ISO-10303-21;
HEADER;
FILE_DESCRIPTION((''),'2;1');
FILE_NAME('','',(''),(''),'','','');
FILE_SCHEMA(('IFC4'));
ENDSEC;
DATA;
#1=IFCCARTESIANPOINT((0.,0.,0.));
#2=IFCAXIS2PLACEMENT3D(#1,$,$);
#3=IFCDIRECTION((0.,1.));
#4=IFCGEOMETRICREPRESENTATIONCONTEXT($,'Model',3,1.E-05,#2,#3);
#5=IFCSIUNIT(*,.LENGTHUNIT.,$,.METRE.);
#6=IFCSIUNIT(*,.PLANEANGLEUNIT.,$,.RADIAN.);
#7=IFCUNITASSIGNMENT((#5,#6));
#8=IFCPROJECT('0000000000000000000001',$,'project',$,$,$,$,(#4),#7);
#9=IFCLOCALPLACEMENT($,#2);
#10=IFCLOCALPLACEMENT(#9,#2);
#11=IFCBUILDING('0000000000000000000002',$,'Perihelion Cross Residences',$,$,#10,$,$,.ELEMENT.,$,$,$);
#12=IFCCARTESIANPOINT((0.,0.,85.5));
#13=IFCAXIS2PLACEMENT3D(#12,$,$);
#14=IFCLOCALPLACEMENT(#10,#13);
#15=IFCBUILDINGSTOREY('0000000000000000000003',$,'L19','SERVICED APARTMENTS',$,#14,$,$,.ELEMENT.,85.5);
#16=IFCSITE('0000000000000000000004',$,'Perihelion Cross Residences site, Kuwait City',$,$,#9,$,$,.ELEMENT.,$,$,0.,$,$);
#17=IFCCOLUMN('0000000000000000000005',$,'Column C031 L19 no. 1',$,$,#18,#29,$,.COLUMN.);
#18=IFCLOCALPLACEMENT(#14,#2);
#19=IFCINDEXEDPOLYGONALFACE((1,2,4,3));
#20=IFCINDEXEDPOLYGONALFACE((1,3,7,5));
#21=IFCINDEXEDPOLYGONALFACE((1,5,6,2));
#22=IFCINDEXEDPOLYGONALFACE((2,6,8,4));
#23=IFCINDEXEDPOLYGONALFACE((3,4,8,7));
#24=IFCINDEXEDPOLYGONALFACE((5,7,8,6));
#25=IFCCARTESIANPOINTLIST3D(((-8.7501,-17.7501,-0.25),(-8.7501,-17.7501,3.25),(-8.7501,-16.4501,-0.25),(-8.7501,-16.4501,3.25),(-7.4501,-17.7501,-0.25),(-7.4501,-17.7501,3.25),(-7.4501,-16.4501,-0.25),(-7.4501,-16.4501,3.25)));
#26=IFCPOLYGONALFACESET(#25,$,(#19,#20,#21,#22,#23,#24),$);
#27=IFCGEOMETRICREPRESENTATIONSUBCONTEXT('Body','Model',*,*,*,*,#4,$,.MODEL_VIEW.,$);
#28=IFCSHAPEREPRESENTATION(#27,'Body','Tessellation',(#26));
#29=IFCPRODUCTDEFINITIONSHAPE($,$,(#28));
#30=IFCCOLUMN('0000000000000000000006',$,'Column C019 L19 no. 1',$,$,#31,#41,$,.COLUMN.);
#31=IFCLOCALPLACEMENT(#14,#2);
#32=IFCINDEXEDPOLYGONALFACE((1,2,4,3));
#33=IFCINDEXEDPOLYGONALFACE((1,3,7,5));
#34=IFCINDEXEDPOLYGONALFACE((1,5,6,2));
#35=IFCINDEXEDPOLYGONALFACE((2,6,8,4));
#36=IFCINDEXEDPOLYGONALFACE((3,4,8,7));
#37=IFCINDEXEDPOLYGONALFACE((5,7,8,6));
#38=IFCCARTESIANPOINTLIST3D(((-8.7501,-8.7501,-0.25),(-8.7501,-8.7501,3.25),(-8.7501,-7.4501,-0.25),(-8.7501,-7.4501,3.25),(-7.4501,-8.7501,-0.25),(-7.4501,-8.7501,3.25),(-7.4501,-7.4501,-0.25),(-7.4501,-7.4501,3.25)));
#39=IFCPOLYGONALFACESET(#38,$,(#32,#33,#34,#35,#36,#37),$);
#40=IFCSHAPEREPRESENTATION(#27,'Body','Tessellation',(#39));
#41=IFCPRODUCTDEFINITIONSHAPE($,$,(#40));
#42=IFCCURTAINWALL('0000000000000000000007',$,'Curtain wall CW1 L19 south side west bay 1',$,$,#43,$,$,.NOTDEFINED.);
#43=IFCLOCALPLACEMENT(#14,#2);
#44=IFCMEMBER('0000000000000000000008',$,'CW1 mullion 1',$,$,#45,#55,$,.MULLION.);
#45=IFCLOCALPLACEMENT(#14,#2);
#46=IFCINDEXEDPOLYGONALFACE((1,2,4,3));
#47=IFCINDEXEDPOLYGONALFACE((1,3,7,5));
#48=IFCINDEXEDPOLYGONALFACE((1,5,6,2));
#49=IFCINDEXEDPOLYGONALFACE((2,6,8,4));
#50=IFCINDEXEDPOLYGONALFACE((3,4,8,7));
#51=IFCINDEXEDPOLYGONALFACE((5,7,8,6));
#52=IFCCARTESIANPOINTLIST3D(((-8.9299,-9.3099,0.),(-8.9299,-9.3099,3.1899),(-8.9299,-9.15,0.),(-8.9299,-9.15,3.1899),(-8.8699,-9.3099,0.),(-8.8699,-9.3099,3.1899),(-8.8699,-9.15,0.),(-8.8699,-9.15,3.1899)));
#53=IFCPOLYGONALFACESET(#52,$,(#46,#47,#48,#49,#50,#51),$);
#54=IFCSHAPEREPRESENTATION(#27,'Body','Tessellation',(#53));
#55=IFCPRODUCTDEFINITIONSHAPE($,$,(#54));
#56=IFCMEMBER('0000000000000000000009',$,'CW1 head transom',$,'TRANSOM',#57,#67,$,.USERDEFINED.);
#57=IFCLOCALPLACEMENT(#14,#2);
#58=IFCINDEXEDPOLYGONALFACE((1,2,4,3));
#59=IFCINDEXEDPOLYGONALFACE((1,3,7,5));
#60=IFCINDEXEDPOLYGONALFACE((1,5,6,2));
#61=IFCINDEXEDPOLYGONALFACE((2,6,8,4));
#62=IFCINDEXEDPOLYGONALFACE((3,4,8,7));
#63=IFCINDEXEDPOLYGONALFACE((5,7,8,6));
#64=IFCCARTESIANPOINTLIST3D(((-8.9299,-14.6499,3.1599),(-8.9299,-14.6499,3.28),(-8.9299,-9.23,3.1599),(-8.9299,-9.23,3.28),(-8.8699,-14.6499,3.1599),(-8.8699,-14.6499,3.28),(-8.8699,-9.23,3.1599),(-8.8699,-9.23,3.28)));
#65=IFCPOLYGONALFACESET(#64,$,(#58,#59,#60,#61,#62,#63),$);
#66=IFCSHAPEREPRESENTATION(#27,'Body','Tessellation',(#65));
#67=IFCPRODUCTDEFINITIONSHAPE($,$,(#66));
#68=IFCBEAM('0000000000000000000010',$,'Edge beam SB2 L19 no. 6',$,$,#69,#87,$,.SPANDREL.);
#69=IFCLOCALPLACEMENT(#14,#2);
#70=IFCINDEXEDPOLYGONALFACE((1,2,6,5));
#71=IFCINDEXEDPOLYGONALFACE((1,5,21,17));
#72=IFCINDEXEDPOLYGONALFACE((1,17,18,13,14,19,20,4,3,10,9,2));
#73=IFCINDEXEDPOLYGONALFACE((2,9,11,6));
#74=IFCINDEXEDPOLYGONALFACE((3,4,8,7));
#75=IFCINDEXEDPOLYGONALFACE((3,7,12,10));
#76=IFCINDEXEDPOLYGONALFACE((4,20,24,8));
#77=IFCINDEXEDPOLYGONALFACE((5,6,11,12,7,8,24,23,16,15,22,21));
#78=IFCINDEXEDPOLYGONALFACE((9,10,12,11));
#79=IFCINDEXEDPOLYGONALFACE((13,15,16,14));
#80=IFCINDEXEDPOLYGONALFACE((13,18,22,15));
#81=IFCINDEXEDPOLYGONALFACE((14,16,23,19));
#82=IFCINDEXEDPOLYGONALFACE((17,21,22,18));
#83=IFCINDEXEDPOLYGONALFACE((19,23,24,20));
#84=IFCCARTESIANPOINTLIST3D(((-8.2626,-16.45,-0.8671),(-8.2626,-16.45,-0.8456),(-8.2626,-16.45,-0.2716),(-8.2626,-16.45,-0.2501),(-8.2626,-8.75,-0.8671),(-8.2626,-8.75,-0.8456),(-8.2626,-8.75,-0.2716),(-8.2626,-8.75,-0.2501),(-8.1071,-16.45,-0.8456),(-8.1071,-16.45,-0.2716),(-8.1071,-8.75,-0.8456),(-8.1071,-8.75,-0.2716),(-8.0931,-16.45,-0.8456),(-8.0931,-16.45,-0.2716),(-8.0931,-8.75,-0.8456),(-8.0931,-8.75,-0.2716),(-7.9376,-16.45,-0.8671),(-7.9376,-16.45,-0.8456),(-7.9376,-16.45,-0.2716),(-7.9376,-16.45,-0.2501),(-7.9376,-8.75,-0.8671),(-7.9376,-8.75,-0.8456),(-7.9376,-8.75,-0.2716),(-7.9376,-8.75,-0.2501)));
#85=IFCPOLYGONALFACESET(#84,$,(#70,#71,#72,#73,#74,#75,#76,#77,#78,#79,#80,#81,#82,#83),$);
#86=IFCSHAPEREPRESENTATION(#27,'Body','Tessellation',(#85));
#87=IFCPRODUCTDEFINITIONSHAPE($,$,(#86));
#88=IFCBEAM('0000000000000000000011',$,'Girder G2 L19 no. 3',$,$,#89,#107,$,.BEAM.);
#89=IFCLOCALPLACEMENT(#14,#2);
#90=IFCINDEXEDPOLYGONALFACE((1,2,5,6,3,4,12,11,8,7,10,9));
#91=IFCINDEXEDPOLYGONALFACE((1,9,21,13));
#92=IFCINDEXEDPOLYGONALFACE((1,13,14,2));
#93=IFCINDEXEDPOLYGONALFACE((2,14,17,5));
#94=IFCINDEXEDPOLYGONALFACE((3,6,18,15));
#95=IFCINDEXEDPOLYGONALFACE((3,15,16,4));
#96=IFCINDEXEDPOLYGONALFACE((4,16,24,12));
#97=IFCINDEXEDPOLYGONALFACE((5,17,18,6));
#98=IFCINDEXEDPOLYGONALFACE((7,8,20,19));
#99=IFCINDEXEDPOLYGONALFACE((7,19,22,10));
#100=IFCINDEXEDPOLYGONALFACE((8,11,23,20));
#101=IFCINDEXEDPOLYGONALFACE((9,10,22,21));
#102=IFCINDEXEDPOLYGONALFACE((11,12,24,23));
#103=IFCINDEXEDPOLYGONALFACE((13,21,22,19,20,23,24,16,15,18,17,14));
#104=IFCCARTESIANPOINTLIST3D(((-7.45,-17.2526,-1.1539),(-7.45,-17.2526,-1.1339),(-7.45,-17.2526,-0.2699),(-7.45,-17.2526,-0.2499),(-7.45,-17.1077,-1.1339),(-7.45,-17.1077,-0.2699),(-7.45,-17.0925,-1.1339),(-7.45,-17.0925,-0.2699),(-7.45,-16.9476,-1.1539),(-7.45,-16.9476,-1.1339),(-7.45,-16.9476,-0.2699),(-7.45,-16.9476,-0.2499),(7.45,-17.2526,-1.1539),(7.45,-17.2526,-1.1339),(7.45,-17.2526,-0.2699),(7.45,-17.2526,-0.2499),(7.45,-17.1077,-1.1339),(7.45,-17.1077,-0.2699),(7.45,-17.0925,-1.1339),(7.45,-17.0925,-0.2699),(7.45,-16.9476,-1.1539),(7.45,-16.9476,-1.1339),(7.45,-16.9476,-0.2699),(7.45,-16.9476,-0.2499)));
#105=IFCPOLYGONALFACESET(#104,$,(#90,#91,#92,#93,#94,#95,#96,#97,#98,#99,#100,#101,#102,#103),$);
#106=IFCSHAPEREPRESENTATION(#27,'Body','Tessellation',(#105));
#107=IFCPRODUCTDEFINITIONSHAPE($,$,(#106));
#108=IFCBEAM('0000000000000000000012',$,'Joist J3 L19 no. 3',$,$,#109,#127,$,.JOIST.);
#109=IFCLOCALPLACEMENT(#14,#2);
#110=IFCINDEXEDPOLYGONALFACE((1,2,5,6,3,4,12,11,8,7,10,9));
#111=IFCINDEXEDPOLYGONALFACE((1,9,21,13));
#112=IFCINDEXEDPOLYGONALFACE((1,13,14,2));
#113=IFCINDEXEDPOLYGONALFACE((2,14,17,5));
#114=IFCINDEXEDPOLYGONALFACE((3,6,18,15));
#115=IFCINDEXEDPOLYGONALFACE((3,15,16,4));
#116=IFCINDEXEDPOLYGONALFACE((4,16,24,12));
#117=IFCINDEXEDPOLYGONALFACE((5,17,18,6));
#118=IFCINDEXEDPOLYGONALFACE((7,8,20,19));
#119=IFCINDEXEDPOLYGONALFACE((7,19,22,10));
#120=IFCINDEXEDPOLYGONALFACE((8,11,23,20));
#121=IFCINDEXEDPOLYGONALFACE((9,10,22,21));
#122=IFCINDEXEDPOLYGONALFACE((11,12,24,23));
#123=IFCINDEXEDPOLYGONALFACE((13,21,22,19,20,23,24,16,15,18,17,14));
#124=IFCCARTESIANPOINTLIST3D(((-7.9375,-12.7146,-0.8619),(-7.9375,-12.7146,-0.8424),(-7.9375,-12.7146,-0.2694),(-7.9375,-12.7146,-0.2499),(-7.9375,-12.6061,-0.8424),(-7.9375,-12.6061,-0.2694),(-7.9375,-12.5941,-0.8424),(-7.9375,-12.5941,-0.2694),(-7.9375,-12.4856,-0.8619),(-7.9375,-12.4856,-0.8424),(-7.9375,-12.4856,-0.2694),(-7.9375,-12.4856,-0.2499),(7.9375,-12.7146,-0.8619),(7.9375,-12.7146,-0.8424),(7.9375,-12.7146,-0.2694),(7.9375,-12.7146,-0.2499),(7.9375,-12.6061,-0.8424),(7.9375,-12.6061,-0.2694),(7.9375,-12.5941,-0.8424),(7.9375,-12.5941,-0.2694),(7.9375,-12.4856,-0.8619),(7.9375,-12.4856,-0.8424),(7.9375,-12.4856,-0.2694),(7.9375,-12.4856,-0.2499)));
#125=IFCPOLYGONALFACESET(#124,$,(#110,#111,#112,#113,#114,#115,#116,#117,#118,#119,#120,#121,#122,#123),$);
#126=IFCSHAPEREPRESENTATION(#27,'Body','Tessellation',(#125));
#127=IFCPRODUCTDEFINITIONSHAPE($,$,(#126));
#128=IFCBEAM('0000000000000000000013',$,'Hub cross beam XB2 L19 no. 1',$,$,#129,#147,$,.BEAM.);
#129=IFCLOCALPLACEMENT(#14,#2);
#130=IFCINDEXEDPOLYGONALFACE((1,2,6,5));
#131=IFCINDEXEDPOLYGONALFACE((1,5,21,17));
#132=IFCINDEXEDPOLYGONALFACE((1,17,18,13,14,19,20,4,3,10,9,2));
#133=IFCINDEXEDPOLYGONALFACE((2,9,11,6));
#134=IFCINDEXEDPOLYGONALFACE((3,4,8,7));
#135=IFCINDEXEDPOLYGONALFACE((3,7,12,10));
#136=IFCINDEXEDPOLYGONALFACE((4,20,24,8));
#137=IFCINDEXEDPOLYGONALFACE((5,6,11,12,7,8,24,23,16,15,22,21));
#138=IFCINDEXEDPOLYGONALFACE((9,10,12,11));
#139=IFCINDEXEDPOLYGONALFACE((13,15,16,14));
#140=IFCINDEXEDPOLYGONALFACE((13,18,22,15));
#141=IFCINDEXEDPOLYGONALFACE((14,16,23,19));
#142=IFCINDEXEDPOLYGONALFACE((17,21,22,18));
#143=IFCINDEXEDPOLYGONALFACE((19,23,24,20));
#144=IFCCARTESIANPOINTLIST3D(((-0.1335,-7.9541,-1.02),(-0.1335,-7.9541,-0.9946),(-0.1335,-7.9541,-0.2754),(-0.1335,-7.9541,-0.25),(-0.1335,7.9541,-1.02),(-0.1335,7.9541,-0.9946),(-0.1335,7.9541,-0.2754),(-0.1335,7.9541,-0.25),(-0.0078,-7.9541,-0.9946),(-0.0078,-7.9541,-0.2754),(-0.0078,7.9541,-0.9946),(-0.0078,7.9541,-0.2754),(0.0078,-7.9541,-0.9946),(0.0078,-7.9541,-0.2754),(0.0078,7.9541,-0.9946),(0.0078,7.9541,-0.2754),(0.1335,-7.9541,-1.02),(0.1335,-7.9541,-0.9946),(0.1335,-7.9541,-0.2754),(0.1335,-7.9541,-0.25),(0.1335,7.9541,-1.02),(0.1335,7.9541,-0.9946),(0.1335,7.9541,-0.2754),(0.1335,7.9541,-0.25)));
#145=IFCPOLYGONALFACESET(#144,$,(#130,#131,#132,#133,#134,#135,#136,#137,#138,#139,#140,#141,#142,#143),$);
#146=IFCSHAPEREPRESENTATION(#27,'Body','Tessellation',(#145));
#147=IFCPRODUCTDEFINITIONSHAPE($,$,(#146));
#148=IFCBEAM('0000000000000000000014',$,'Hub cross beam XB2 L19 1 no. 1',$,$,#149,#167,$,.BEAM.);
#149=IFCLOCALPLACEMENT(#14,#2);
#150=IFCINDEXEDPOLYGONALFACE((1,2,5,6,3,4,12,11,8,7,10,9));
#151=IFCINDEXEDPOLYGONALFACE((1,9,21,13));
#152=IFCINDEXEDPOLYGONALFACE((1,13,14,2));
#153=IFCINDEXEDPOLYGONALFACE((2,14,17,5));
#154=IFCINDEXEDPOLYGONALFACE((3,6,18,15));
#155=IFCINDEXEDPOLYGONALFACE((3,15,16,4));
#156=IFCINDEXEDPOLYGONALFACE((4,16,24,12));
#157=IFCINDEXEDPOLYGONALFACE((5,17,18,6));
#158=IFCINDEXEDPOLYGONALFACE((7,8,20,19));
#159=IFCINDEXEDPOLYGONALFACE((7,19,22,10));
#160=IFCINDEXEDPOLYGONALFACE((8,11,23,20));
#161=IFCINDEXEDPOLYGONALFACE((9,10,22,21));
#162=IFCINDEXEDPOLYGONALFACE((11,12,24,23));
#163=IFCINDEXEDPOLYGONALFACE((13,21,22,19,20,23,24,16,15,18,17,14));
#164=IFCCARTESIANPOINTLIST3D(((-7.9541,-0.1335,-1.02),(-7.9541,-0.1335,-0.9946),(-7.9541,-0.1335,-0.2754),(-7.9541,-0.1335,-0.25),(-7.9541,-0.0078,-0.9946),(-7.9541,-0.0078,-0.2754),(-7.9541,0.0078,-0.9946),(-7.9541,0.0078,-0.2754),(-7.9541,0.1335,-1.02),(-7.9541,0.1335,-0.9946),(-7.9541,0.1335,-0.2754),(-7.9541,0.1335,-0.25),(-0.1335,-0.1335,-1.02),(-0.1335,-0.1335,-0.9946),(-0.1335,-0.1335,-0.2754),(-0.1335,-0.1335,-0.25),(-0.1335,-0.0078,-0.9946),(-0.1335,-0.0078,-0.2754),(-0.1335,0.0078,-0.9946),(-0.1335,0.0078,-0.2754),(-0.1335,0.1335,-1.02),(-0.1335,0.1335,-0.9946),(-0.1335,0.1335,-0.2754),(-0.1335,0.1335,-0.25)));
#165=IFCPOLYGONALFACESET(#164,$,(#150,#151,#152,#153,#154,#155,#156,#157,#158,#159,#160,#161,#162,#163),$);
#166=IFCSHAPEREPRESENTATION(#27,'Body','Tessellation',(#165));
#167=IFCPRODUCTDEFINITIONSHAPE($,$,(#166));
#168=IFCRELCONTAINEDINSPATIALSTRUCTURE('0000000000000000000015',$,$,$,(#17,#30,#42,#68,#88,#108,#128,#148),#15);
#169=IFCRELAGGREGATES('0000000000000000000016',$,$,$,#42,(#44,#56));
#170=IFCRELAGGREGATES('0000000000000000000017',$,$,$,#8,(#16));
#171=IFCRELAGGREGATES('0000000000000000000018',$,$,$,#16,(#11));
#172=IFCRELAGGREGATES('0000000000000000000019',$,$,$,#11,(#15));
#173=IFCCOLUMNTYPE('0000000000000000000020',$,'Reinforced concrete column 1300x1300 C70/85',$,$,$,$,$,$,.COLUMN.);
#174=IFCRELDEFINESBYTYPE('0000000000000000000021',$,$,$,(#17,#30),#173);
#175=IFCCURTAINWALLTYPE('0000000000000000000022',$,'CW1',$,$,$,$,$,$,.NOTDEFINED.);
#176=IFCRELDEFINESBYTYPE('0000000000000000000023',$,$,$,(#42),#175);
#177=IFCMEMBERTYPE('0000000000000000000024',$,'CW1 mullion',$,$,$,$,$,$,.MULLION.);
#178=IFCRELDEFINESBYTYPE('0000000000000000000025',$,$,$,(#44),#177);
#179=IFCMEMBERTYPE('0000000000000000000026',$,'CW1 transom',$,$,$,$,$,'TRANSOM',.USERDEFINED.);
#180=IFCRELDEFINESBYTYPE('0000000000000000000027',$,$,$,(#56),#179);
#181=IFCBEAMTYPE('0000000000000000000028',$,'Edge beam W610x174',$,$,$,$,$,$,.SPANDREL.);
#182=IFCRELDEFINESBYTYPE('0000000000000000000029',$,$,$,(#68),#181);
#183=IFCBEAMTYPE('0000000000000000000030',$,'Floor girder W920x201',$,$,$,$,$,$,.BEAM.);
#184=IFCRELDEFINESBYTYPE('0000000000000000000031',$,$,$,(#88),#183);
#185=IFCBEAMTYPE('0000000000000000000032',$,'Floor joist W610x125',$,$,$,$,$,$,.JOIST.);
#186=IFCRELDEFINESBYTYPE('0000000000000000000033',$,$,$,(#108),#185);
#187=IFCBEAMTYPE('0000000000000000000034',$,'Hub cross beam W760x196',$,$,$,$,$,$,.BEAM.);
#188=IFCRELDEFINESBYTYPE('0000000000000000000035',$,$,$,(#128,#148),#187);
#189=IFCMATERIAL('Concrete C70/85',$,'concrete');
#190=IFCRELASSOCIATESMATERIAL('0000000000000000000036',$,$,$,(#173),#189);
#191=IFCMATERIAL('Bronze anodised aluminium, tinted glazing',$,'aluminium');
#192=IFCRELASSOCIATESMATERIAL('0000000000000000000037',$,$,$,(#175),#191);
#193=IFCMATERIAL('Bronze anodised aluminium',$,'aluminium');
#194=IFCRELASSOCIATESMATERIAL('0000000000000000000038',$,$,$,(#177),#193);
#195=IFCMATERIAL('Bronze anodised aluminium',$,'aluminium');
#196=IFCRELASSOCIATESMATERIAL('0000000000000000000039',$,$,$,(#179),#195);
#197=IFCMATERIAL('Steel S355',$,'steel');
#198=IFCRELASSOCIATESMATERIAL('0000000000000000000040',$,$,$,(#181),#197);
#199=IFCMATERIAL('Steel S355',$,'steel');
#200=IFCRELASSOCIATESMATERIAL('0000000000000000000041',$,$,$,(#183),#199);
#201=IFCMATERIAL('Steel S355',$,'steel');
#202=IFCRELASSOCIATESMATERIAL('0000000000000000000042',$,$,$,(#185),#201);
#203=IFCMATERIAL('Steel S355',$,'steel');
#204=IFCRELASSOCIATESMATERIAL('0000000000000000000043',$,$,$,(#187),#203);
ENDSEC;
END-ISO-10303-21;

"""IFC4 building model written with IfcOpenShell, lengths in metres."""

from ifc_helpers import new_model, si_unit, direction, frame, origin, origin_2d, place, context, subcontext, project, spatial, rectangle, i_section, extrude, material, material_profile, profile_set, type_object, element, aggregate, save


model = new_model("IFC4")

# Units and contexts
model_context = context("Model", 3, precision=1e-05, world=origin(), true_north=direction((0.0, 1.0)))
body_context = subcontext(model_context, "Body", "Model", "MODEL_VIEW")
ifc_project = project(units=[si_unit("LENGTHUNIT", "METRE"), si_unit("PLANEANGLEUNIT", "RADIAN")], contexts=[model_context])

# Site, building, storey
site_placement = place(None, origin())
site = spatial("IfcSite", under=ifc_project, at=site_placement, Name="Perihelion Cross Residences site, Kuwait City", CompositionType="ELEMENT", RefElevation=0.0)
building_placement = place(site_placement, origin())
building = spatial("IfcBuilding", under=site, at=building_placement, Name="Perihelion Cross Residences", CompositionType="ELEMENT")
storey_placement = place(building_placement, frame((0.0, 0.0, 85.5)))
storey = spatial("IfcBuildingStorey", under=building, at=storey_placement, Name="L19", Description="SERVICED APARTMENTS", CompositionType="ELEMENT", Elevation=85.5)

# Columns
ifc_material_1 = material(Name="Concrete C70/85", Category="concrete")
ifc_material_profile_1 = material_profile(ifc_material_1, rectangle(XDim=1.3, YDim=1.3, at=origin_2d()), Name="RC 1300x1300")
ifc_profile_set_1 = profile_set([ifc_material_profile_1], Name="Concrete C70/85")
column_type = type_object("IfcColumnType", Name="Reinforced concrete column 1300x1300 C70/85", PredefinedType="COLUMN", material=ifc_profile_set_1)
for number, where, z_axis, x_axis, name in (
    (1, (-8.1001, -17.1001, -0.25), (0.0, 0.0, 1.0), (1.0, 0.0, 0.0), "Column C031 L19 no. 1"),
    (2, (-8.1001, -8.1001, -0.25), (0.0, 0.0, 1.0), (1.0, 0.0, 0.0), "Column C019 L19 no. 1"),
):
    element("IfcColumn", number, at=place(storey_placement, frame(where, z_axis=z_axis, x_axis=x_axis)), inside=storey, type_object=column_type, Name=name, PredefinedType="COLUMN", context=body_context, shape_type="SweptSolid", body=[
        extrude(rectangle(XDim=1.3, YDim=1.3, at=origin_2d()), origin(), (0.0, 0.0, 1.0), 3.5),
    ])

# Curtain wall, members
ifc_material_2 = material(Name="Bronze anodised aluminium, tinted glazing", Category="aluminium")
curtain_wall_type = type_object("IfcCurtainWallType", Name="CW1", PredefinedType="NOTDEFINED", material=ifc_material_2)
curtain_wall_placement = place(storey_placement, origin())
curtain_wall = element("IfcCurtainWall", 3, at=curtain_wall_placement, inside=storey, type_object=curtain_wall_type, Name="Curtain wall CW1 L19 south side west bay 1", PredefinedType="NOTDEFINED")
ifc_material_3 = material(Name="Bronze anodised aluminium", Category="aluminium")
ifc_material_profile_2 = material_profile(ifc_material_3, rectangle(XDim=0.0601, YDim=0.1599, at=origin_2d()), Name="CW1 mullion")
ifc_profile_set_2 = profile_set([ifc_material_profile_2], Name="Bronze anodised aluminium")
member_type_1 = type_object("IfcMemberType", Name="CW1 mullion", PredefinedType="MULLION", material=ifc_profile_set_2)
member_1_placement = place(storey_placement, frame((-8.8999, -9.23, 0.0), z_axis=(0.0, 0.0, 1.0), x_axis=(1.0, 0.0, 0.0)))
member_1 = element("IfcMember", 4, at=member_1_placement, type_object=member_type_1, Name="CW1 mullion 1", PredefinedType="MULLION", context=body_context, shape_type="SweptSolid", body=[
    extrude(rectangle(XDim=0.0601, YDim=0.1599, at=origin_2d()), origin(), (0.0, 0.0, 1.0), 3.1899),
])
ifc_material_4 = material(Name="Bronze anodised aluminium", Category="aluminium")
ifc_material_profile_3 = material_profile(ifc_material_4, rectangle(XDim=0.0601, YDim=0.1201, at=origin_2d()), Name="CW1 transom")
ifc_profile_set_3 = profile_set([ifc_material_profile_3], Name="Bronze anodised aluminium")
member_type_2 = type_object("IfcMemberType", Name="CW1 transom", ElementType="TRANSOM", PredefinedType="USERDEFINED", material=ifc_profile_set_3)
member_2_placement = place(storey_placement, frame((-8.8999, -9.23, 3.22), z_axis=(0.0, -1.0, 0.0), x_axis=(1.0, 0.0, 0.0)))
member_2 = element("IfcMember", 5, at=member_2_placement, type_object=member_type_2, Name="CW1 head transom", ObjectType="TRANSOM", PredefinedType="USERDEFINED", context=body_context, shape_type="SweptSolid", body=[
    extrude(rectangle(XDim=0.0601, YDim=0.1201, at=origin_2d()), origin(), (0.0, 0.0, 1.0), 5.4199),
])

# Beams
ifc_material_5 = material(Name="Steel S355", Category="steel")
ifc_material_profile_4 = material_profile(ifc_material_5, i_section(OverallWidth=0.325, OverallDepth=0.6169, WebThickness=0.0139, FlangeThickness=0.0215, at=origin_2d()), Name="W610x174")
ifc_profile_set_4 = profile_set([ifc_material_profile_4], Name="Steel S355")
beam_type_1 = type_object("IfcBeamType", Name="Edge beam W610x174", PredefinedType="SPANDREL", material=ifc_profile_set_4)
beam_1_placement = place(storey_placement, frame((-8.1001, -8.75, -0.5586), z_axis=(0.0, -1.0, 0.0), x_axis=(1.0, 0.0, 0.0)))
element("IfcBeam", 6, at=beam_1_placement, inside=storey, type_object=beam_type_1, Name="Edge beam SB2 L19 no. 6", PredefinedType="SPANDREL", context=body_context, shape_type="SweptSolid", body=[
    extrude(i_section(OverallWidth=0.325, OverallDepth=0.6169, WebThickness=0.0139, FlangeThickness=0.0215, at=origin_2d()), origin(), (0.0, 0.0, 1.0), 7.7),
])
ifc_material_6 = material(Name="Steel S355", Category="steel")
ifc_material_profile_5 = material_profile(ifc_material_6, i_section(OverallWidth=0.3049, OverallDepth=0.9041, WebThickness=0.0151, FlangeThickness=0.02, at=origin_2d()), Name="W920x201")
ifc_profile_set_5 = profile_set([ifc_material_profile_5], Name="Steel S355")
beam_type_2 = type_object("IfcBeamType", Name="Floor girder W920x201", PredefinedType="BEAM", material=ifc_profile_set_5)
beam_2_placement = place(storey_placement, frame((-7.45, -17.1001, -0.7019), z_axis=(1.0, 0.0, 0.0), x_axis=(0.0, 1.0, 0.0)))
element("IfcBeam", 7, at=beam_2_placement, inside=storey, type_object=beam_type_2, Name="Girder G2 L19 no. 3", PredefinedType="BEAM", context=body_context, shape_type="SweptSolid", body=[
    extrude(i_section(OverallWidth=0.3049, OverallDepth=0.9041, WebThickness=0.0151, FlangeThickness=0.02, at=origin_2d()), origin(), (0.0, 0.0, 1.0), 14.8999),
])
ifc_material_7 = material(Name="Steel S355", Category="steel")
ifc_material_profile_6 = material_profile(ifc_material_7, i_section(OverallWidth=0.229, OverallDepth=0.6121, WebThickness=0.012, FlangeThickness=0.0195, at=origin_2d()), Name="W610x125")
ifc_profile_set_6 = profile_set([ifc_material_profile_6], Name="Steel S355")
beam_type_3 = type_object("IfcBeamType", Name="Floor joist W610x125", PredefinedType="JOIST", material=ifc_profile_set_6)
beam_3_placement = place(storey_placement, frame((-7.9375, -12.6001, -0.5559), z_axis=(1.0, 0.0, 0.0), x_axis=(0.0, 1.0, 0.0)))
element("IfcBeam", 8, at=beam_3_placement, inside=storey, type_object=beam_type_3, Name="Joist J3 L19 no. 3", PredefinedType="JOIST", context=body_context, shape_type="SweptSolid", body=[
    extrude(i_section(OverallWidth=0.229, OverallDepth=0.6121, WebThickness=0.012, FlangeThickness=0.0195, at=origin_2d()), origin(), (0.0, 0.0, 1.0), 15.875),
])
ifc_material_8 = material(Name="Steel S355", Category="steel")
ifc_material_profile_7 = material_profile(ifc_material_8, i_section(OverallWidth=0.2671, OverallDepth=0.77, WebThickness=0.0156, FlangeThickness=0.0254, at=origin_2d()), Name="W760x196")
ifc_profile_set_7 = profile_set([ifc_material_profile_7], Name="Steel S355")
beam_type_4 = type_object("IfcBeamType", Name="Hub cross beam W760x196", PredefinedType="BEAM", material=ifc_profile_set_7)
beam_4_placement = place(storey_placement, frame((0.0, -7.9541, -0.635), z_axis=(0.0, 1.0, 0.0), x_axis=(-1.0, 0.0, 0.0)))
element("IfcBeam", 9, at=beam_4_placement, inside=storey, type_object=beam_type_4, Name="Hub cross beam XB2 L19 no. 1", PredefinedType="BEAM", context=body_context, shape_type="SweptSolid", body=[
    extrude(i_section(OverallWidth=0.2671, OverallDepth=0.77, WebThickness=0.0156, FlangeThickness=0.0254, at=origin_2d()), origin(), (0.0, 0.0, 1.0), 15.9082),
])
beam_5_placement = place(storey_placement, frame((-7.9541, 0.0, -0.635), z_axis=(1.0, 0.0, 0.0), x_axis=(0.0, 1.0, 0.0)))
element("IfcBeam", 10, at=beam_5_placement, inside=storey, type_object=beam_type_4, Name="Hub cross beam XB2 L19 1 no. 1", PredefinedType="BEAM", context=body_context, shape_type="SweptSolid", body=[
    extrude(i_section(OverallWidth=0.2671, OverallDepth=0.77, WebThickness=0.0156, FlangeThickness=0.0254, at=origin_2d()), origin(), (0.0, 0.0, 1.0), 7.8206),
])

aggregate(curtain_wall, [member_1, member_2])

save(model, "model.ifc")
